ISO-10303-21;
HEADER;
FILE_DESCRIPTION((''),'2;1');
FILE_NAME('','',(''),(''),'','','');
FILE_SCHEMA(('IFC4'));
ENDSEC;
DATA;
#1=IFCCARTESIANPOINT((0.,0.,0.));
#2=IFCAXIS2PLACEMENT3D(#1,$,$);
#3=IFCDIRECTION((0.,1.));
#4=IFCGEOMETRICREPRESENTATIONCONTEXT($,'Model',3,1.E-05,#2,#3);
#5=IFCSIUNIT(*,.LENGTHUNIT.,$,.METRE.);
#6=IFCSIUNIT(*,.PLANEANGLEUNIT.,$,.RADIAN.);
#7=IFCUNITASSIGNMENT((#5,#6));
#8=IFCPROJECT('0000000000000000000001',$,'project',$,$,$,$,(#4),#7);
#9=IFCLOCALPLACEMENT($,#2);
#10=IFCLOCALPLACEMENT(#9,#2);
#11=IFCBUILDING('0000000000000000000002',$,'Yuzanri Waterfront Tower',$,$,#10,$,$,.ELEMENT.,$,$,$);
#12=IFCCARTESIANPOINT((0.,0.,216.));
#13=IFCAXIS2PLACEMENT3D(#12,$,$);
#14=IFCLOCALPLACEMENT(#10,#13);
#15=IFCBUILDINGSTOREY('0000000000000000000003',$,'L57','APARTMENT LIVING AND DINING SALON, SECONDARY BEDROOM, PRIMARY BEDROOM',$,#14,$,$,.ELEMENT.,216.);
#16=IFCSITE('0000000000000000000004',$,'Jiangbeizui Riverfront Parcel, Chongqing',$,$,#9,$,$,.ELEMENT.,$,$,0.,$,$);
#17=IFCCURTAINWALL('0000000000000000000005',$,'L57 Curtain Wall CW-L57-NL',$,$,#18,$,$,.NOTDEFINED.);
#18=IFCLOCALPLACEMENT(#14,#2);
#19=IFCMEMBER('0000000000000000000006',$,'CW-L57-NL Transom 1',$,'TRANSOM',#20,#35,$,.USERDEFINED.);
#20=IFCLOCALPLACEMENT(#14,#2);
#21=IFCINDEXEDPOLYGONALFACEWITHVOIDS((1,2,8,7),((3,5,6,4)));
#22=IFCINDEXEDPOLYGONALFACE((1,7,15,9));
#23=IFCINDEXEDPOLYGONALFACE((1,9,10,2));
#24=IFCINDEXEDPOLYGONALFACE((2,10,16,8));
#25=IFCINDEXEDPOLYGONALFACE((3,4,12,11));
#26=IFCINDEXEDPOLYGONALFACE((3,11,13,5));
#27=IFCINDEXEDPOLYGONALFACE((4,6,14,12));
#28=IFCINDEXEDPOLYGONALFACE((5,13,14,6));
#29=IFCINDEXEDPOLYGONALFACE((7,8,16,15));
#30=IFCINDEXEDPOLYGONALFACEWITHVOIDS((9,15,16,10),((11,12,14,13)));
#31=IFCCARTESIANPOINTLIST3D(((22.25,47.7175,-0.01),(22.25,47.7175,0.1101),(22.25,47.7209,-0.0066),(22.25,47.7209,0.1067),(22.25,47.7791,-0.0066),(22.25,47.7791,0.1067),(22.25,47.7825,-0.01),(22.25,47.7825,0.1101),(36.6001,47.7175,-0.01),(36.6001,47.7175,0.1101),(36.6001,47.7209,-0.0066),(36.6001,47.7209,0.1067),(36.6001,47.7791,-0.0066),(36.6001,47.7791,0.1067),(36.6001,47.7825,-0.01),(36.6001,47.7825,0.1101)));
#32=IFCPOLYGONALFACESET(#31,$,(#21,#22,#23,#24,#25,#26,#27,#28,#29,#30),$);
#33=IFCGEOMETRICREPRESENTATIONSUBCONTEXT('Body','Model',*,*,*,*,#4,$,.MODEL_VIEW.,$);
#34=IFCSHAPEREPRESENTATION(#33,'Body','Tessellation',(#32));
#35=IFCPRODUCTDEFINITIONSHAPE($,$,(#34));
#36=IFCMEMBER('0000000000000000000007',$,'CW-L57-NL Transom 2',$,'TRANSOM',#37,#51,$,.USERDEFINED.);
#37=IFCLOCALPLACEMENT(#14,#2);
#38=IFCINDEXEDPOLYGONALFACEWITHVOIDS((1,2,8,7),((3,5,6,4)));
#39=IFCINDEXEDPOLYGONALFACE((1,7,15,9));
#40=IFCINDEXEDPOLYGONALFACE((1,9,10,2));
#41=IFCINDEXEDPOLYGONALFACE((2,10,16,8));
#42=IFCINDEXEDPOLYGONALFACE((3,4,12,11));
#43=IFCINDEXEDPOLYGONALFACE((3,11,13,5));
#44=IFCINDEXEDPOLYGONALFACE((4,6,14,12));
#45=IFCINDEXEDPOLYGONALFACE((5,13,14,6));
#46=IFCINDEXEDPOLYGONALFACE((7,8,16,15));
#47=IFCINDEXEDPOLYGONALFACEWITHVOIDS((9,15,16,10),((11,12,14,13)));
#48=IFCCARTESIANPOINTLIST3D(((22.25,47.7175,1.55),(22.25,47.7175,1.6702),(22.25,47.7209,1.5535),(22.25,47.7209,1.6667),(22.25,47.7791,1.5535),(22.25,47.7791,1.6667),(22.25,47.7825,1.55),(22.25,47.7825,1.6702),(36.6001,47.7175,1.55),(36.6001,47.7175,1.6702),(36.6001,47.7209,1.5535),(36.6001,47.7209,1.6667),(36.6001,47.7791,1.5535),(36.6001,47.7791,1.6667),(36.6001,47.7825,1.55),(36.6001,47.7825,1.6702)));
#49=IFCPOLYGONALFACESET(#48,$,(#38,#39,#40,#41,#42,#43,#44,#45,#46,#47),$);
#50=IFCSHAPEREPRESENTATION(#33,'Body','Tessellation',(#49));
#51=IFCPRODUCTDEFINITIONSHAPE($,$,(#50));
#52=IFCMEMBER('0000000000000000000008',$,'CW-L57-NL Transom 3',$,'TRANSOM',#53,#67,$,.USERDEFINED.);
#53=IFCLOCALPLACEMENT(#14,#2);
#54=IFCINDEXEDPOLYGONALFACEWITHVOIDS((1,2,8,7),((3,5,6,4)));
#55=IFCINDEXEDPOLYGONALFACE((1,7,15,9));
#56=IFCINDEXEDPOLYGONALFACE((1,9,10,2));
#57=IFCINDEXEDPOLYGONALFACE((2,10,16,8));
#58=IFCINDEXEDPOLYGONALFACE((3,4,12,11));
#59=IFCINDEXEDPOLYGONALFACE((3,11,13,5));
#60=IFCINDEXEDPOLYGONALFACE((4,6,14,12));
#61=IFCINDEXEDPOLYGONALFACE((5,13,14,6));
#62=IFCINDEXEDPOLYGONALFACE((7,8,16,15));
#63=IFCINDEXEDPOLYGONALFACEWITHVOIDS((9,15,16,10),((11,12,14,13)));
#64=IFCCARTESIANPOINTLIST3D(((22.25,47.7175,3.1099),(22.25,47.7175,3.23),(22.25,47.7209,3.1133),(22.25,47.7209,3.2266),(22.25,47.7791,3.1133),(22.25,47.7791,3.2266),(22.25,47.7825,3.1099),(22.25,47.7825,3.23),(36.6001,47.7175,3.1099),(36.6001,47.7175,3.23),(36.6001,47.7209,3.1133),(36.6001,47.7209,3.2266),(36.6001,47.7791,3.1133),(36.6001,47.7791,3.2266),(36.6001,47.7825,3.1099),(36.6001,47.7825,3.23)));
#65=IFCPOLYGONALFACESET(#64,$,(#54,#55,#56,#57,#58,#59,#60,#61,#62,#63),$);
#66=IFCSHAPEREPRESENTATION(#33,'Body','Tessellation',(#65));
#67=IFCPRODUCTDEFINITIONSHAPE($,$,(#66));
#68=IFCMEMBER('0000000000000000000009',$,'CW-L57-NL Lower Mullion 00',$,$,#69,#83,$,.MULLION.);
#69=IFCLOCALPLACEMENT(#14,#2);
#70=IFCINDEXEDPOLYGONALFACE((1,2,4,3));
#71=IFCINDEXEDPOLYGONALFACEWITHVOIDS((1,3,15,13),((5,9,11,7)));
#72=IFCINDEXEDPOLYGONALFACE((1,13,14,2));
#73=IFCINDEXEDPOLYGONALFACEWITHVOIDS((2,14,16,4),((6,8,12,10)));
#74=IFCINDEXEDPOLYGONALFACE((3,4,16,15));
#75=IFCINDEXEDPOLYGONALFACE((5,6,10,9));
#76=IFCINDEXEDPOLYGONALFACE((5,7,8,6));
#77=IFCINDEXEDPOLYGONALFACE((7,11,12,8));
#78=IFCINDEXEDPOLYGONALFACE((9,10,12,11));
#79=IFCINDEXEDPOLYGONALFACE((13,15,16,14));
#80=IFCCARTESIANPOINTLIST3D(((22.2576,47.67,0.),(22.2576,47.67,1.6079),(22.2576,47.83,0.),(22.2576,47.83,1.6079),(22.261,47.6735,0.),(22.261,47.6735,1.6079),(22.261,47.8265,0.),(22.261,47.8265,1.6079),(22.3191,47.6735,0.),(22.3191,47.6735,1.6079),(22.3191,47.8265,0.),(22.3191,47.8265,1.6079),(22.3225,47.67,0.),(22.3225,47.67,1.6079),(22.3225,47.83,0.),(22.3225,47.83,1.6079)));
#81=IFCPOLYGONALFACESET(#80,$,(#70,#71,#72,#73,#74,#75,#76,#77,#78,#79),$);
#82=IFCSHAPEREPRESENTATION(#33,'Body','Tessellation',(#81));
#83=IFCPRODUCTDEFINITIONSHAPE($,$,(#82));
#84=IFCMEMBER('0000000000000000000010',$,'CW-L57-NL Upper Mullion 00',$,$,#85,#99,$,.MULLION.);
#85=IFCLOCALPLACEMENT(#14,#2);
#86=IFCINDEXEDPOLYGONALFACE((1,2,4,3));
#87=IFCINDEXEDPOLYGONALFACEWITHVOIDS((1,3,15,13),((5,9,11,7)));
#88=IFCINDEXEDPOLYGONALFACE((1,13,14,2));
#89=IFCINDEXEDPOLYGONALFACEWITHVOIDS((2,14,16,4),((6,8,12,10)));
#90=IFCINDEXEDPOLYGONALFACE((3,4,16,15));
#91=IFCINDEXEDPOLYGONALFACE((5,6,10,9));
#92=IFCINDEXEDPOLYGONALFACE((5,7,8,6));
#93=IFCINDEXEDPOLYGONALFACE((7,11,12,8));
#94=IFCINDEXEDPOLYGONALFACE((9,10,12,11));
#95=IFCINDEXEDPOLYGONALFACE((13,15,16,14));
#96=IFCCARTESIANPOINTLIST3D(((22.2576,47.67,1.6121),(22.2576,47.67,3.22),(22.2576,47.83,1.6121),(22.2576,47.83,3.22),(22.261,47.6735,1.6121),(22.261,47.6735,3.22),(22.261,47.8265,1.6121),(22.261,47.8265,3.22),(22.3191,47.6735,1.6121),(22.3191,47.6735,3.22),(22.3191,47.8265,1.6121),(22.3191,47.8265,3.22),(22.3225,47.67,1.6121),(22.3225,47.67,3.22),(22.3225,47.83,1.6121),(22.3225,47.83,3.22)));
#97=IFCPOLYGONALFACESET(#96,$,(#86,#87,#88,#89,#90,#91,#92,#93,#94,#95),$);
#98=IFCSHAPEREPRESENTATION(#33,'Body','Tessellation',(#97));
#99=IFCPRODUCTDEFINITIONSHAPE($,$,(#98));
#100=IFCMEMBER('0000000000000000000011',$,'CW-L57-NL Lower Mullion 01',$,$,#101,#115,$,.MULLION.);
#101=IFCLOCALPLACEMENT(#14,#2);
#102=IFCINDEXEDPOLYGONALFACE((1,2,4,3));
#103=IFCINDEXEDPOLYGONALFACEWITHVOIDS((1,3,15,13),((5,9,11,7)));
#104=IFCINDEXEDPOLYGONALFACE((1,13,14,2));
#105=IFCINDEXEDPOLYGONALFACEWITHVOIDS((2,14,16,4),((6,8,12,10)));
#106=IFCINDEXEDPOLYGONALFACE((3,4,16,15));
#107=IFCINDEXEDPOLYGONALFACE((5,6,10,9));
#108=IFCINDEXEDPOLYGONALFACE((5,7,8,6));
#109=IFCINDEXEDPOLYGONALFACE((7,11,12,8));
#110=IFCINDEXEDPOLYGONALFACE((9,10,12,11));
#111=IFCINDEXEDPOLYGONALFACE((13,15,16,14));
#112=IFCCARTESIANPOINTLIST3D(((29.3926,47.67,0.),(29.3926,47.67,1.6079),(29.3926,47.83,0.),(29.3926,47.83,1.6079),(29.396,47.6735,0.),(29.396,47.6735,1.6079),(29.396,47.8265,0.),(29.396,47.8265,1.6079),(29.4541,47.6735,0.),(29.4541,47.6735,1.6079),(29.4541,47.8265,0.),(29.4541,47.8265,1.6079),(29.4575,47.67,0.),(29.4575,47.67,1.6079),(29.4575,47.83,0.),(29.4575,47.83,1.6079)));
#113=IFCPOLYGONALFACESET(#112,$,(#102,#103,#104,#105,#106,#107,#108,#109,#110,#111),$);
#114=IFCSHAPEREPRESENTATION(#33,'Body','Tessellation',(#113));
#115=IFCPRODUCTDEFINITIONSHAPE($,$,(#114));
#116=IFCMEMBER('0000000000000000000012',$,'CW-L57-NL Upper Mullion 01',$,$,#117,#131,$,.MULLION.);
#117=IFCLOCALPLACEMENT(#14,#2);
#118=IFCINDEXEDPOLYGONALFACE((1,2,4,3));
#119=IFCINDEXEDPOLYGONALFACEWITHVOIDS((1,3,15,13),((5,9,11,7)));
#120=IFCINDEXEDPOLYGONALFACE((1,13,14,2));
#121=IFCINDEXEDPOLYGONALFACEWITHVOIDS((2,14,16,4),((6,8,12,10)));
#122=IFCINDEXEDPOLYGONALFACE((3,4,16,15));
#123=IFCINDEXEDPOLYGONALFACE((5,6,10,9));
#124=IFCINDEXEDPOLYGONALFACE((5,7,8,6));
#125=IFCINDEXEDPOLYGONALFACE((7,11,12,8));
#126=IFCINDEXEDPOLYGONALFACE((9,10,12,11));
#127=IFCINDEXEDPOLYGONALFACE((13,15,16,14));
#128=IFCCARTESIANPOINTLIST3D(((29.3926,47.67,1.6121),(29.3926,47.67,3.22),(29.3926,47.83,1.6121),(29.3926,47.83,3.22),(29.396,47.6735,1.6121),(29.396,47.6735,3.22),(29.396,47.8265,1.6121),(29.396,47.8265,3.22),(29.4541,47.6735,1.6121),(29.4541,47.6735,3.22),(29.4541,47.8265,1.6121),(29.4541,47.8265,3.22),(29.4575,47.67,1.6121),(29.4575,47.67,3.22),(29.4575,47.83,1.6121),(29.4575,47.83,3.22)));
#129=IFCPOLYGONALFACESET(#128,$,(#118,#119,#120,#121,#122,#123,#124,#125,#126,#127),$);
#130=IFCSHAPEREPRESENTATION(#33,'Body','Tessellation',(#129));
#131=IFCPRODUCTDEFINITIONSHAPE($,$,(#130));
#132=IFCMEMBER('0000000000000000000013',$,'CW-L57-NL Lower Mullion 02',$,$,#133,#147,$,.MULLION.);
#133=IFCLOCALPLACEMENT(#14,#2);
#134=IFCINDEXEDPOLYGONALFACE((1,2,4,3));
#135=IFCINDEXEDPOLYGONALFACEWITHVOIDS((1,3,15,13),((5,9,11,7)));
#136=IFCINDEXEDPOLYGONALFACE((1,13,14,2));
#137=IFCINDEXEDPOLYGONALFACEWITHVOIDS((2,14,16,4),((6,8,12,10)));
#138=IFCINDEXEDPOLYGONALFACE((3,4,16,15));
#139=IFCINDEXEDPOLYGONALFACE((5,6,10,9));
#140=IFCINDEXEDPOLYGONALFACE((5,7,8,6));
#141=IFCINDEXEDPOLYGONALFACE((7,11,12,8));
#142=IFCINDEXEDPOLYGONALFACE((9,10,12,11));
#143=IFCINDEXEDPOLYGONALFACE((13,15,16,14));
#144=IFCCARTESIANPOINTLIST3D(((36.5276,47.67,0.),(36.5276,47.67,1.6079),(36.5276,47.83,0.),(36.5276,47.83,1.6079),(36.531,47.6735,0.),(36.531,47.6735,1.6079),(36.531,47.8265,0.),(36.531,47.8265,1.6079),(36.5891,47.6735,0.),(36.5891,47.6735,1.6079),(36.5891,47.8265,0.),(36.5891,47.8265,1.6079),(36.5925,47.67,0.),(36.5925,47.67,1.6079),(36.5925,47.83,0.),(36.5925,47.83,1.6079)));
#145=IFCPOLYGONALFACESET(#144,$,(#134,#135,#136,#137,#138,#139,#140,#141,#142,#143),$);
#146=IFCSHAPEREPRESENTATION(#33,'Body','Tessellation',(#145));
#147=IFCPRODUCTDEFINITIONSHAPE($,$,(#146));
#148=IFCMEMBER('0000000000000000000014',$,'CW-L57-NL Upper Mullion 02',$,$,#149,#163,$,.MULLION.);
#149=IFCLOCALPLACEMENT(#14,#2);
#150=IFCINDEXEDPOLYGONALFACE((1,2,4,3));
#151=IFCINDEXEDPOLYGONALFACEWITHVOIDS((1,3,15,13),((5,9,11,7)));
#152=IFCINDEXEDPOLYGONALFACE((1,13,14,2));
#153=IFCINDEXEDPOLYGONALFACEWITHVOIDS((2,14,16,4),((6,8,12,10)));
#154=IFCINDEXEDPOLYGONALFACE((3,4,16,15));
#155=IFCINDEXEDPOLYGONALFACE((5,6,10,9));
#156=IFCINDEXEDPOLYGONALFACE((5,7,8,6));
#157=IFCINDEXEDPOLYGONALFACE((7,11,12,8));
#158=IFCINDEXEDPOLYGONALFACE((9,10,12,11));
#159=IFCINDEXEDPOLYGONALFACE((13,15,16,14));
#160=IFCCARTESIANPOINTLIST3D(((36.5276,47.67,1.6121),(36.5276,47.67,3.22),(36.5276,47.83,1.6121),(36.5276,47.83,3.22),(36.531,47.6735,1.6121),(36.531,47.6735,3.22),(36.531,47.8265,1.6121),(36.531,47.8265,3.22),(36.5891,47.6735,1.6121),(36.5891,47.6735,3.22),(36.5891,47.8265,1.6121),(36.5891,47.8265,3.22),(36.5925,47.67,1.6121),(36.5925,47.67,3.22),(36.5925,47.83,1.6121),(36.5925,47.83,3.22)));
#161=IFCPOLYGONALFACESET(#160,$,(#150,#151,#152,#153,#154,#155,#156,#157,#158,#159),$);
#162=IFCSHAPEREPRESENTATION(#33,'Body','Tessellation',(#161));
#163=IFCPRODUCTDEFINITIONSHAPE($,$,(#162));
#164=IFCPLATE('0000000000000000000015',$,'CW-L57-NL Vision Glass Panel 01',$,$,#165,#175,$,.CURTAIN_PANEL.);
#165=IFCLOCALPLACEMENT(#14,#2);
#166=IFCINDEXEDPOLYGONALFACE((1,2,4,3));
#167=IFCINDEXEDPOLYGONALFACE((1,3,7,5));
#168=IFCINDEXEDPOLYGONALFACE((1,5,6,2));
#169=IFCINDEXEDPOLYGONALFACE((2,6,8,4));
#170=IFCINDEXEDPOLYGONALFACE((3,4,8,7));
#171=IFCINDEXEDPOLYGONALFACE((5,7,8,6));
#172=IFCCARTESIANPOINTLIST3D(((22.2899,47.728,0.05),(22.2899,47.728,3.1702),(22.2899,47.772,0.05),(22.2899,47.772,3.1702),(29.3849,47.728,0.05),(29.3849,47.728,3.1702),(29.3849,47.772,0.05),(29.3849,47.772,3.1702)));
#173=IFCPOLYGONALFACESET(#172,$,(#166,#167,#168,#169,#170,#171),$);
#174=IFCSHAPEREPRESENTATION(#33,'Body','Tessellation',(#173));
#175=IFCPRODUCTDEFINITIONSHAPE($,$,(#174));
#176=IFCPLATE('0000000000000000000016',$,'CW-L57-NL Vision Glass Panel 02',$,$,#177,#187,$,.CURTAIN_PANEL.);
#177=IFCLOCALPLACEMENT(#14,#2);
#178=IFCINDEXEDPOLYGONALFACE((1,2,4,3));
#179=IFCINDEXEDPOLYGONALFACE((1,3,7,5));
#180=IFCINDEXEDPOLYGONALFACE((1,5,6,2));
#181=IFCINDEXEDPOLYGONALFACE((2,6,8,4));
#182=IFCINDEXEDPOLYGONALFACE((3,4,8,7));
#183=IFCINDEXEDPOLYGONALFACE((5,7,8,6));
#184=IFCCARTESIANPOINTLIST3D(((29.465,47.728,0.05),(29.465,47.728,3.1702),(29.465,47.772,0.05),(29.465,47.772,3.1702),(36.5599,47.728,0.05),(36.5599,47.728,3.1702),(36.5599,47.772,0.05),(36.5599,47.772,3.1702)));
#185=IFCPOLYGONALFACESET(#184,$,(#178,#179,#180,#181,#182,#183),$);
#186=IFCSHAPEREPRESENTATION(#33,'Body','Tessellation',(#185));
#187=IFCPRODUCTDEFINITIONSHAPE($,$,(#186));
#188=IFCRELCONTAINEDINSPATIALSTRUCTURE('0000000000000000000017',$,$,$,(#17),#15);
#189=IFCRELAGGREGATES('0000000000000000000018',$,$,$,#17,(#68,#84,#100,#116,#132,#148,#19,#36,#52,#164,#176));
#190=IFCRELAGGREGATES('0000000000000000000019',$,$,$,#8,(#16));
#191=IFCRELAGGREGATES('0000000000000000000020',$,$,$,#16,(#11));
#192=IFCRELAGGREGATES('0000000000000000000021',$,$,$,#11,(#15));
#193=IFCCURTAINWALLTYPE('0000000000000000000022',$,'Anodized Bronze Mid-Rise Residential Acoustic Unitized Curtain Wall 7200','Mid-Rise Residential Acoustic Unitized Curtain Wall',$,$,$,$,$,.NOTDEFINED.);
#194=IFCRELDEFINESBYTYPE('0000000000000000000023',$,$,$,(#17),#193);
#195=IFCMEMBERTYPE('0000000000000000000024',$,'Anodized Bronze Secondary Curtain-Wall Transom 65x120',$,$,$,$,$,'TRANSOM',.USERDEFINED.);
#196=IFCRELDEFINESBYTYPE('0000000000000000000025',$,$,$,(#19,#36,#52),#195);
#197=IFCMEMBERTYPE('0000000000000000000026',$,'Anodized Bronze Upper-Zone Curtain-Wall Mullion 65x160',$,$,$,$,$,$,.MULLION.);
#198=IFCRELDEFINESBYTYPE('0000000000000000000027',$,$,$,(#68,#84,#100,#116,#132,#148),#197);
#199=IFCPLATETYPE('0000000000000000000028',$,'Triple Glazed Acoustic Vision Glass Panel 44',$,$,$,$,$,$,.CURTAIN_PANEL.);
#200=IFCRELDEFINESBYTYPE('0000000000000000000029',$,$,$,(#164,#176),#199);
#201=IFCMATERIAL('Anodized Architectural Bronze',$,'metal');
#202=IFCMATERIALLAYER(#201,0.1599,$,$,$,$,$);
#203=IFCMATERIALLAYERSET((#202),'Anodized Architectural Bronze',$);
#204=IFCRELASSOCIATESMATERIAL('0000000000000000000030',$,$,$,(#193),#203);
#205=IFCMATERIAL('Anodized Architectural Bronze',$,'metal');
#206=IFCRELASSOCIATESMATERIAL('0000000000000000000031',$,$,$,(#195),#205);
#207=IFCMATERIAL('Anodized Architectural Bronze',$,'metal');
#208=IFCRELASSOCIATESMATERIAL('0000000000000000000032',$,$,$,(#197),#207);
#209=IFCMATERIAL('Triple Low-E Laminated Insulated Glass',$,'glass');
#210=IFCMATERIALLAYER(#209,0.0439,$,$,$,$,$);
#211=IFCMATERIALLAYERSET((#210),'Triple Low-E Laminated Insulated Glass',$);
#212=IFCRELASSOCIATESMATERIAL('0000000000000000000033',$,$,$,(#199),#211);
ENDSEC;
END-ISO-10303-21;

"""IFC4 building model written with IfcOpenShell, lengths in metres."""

from ifc_helpers import new_model, si_unit, direction, frame, origin, origin_2d, place, context, subcontext, project, spatial, rectangle, hollow_rectangle, extrude, source, transform, mapped, material, layer, layer_set, material_profile, profile_set, type_object, element, aggregate, save


model = new_model("IFC4")

# Units and contexts
model_context = context("Model", 3, precision=1e-05, world=origin(), true_north=direction((0.0, 1.0)))
body_context = subcontext(model_context, "Body", "Model", "MODEL_VIEW")
ifc_project = project(units=[si_unit("LENGTHUNIT", "METRE"), si_unit("PLANEANGLEUNIT", "RADIAN")], contexts=[model_context])

# Site, building, storey
site_placement = place(None, origin())
site = spatial("IfcSite", under=ifc_project, at=site_placement, Name="Jiangbeizui Riverfront Parcel, Chongqing", CompositionType="ELEMENT", RefElevation=0.0)
building_placement = place(site_placement, origin())
building = spatial("IfcBuilding", under=site, at=building_placement, Name="Yuzanri Waterfront Tower", CompositionType="ELEMENT")
storey_placement = place(building_placement, frame((0.0, 0.0, 216.0)))
storey = spatial("IfcBuildingStorey", under=building, at=storey_placement, Name="L57", Description="APARTMENT LIVING AND DINING SALON, SECONDARY BEDROOM, PRIMARY BEDROOM", CompositionType="ELEMENT", Elevation=216.0)

# Curtain wall, members, plates
ifc_material_1 = material(Name="Anodized Architectural Bronze", Category="metal")
ifc_layer_1 = layer(ifc_material_1, 0.1599)
ifc_layer_set_1 = layer_set([ifc_layer_1], Name="Anodized Architectural Bronze")
curtain_wall_type = type_object("IfcCurtainWallType", Name="Anodized Bronze Mid-Rise Residential Acoustic Unitized Curtain Wall 7200", Description="Mid-Rise Residential Acoustic Unitized Curtain Wall", PredefinedType="NOTDEFINED", material=ifc_layer_set_1)
curtain_wall_placement = place(storey_placement, origin())
curtain_wall = element("IfcCurtainWall", 1, at=curtain_wall_placement, inside=storey, type_object=curtain_wall_type, Name="L57 Curtain Wall CW-L57-NL", PredefinedType="NOTDEFINED")
ifc_material_2 = material(Name="Anodized Architectural Bronze", Category="metal")
ifc_material_profile_1 = material_profile(ifc_material_2, hollow_rectangle(XDim=0.0649, YDim=0.1201, WallThickness=0.0034, at=origin_2d()), Name="CWT 65x120")
ifc_profile_set_1 = profile_set([ifc_material_profile_1], Name="Anodized Architectural Bronze")
member_type_1 = type_object("IfcMemberType", Name="Anodized Bronze Secondary Curtain-Wall Transom 65x120", ElementType="TRANSOM", PredefinedType="USERDEFINED", material=ifc_profile_set_1)
shared_shape_1 = source(origin(), body_context, "Body", "SweptSolid", [
    extrude(hollow_rectangle(XDim=0.0649, YDim=0.1201, WallThickness=0.0034, at=origin_2d()), origin(), (0.0, 0.0, 1.0), 14.3501),
])
member_1_placement = place(storey_placement, frame((22.25, 47.75, 0.05), z_axis=(1.0, 0.0, 0.0), x_axis=(0.0, 1.0, 0.0)))
member_1 = element("IfcMember", 2, at=member_1_placement, type_object=member_type_1, Name="CW-L57-NL Transom 1", ObjectType="TRANSOM", PredefinedType="USERDEFINED", context=body_context, shape_type="MappedRepresentation", body=[
    mapped(shared_shape_1, transform((0.0, 0.0, 0.0), scale=1.0)),
])
member_2_placement = place(storey_placement, frame((22.25, 47.75, 1.6101), z_axis=(1.0, 0.0, 0.0), x_axis=(0.0, 1.0, 0.0)))
member_2 = element("IfcMember", 3, at=member_2_placement, type_object=member_type_1, Name="CW-L57-NL Transom 2", ObjectType="TRANSOM", PredefinedType="USERDEFINED", context=body_context, shape_type="MappedRepresentation", body=[
    mapped(shared_shape_1, transform((0.0, 0.0, 0.0), scale=1.0)),
])
member_3_placement = place(storey_placement, frame((22.25, 47.75, 3.1699), z_axis=(1.0, 0.0, 0.0), x_axis=(0.0, 1.0, 0.0)))
member_3 = element("IfcMember", 4, at=member_3_placement, type_object=member_type_1, Name="CW-L57-NL Transom 3", ObjectType="TRANSOM", PredefinedType="USERDEFINED", context=body_context, shape_type="MappedRepresentation", body=[
    mapped(shared_shape_1, transform((0.0, 0.0, 0.0), scale=1.0)),
])
ifc_material_3 = material(Name="Anodized Architectural Bronze", Category="metal")
ifc_material_profile_2 = material_profile(ifc_material_3, hollow_rectangle(XDim=0.0649, YDim=0.1599, WallThickness=0.0034, at=origin_2d()), Name="CWM 65x160")
ifc_profile_set_2 = profile_set([ifc_material_profile_2], Name="Anodized Architectural Bronze")
member_type_2 = type_object("IfcMemberType", Name="Anodized Bronze Upper-Zone Curtain-Wall Mullion 65x160", PredefinedType="MULLION", material=ifc_profile_set_2)
shared_shape_2 = source(origin(), body_context, "Body", "SweptSolid", [
    extrude(hollow_rectangle(XDim=0.0649, YDim=0.1599, WallThickness=0.0034, at=origin_2d()), origin(), (0.0, 0.0, 1.0), 1.6079),
])
member_4_placement = place(storey_placement, frame((22.29, 47.75, 0.0), z_axis=(0.0, 0.0, 1.0), x_axis=(1.0, 0.0, 0.0)))
member_4 = element("IfcMember", 5, at=member_4_placement, type_object=member_type_2, Name="CW-L57-NL Lower Mullion 00", PredefinedType="MULLION", context=body_context, shape_type="MappedRepresentation", body=[
    mapped(shared_shape_2, transform((0.0, 0.0, 0.0), scale=1.0)),
])
member_5_placement = place(storey_placement, frame((22.29, 47.75, 1.6121), z_axis=(0.0, 0.0, 1.0), x_axis=(1.0, 0.0, 0.0)))
member_5 = element("IfcMember", 6, at=member_5_placement, type_object=member_type_2, Name="CW-L57-NL Upper Mullion 00", PredefinedType="MULLION", context=body_context, shape_type="MappedRepresentation", body=[
    mapped(shared_shape_2, transform((0.0, 0.0, 0.0), scale=1.0)),
])
member_6_placement = place(storey_placement, frame((29.425, 47.75, 0.0), z_axis=(0.0, 0.0, 1.0), x_axis=(1.0, 0.0, 0.0)))
member_6 = element("IfcMember", 7, at=member_6_placement, type_object=member_type_2, Name="CW-L57-NL Lower Mullion 01", PredefinedType="MULLION", context=body_context, shape_type="MappedRepresentation", body=[
    mapped(shared_shape_2, transform((0.0, 0.0, 0.0), scale=1.0)),
])
member_7_placement = place(storey_placement, frame((29.425, 47.75, 1.6121), z_axis=(0.0, 0.0, 1.0), x_axis=(1.0, 0.0, 0.0)))
member_7 = element("IfcMember", 8, at=member_7_placement, type_object=member_type_2, Name="CW-L57-NL Upper Mullion 01", PredefinedType="MULLION", context=body_context, shape_type="MappedRepresentation", body=[
    mapped(shared_shape_2, transform((0.0, 0.0, 0.0), scale=1.0)),
])
member_8_placement = place(storey_placement, frame((36.5601, 47.75, 0.0), z_axis=(0.0, 0.0, 1.0), x_axis=(1.0, 0.0, 0.0)))
member_8 = element("IfcMember", 9, at=member_8_placement, type_object=member_type_2, Name="CW-L57-NL Lower Mullion 02", PredefinedType="MULLION", context=body_context, shape_type="MappedRepresentation", body=[
    mapped(shared_shape_2, transform((0.0, 0.0, 0.0), scale=1.0)),
])
member_9_placement = place(storey_placement, frame((36.5601, 47.75, 1.6121), z_axis=(0.0, 0.0, 1.0), x_axis=(1.0, 0.0, 0.0)))
member_9 = element("IfcMember", 10, at=member_9_placement, type_object=member_type_2, Name="CW-L57-NL Upper Mullion 02", PredefinedType="MULLION", context=body_context, shape_type="MappedRepresentation", body=[
    mapped(shared_shape_2, transform((0.0, 0.0, 0.0), scale=1.0)),
])
ifc_material_4 = material(Name="Triple Low-E Laminated Insulated Glass", Category="glass")
ifc_layer_2 = layer(ifc_material_4, 0.0439)
ifc_layer_set_2 = layer_set([ifc_layer_2], Name="Triple Low-E Laminated Insulated Glass")
plate_type = type_object("IfcPlateType", Name="Triple Glazed Acoustic Vision Glass Panel 44", PredefinedType="CURTAIN_PANEL", material=ifc_layer_set_2)
shared_shape_3 = source(origin(), body_context, "Body", "SweptSolid", [
    extrude(rectangle(XDim=7.095, YDim=0.0439, at=origin_2d()), origin(), (0.0, 0.0, 1.0), 3.1201),
])
plate_1_placement = place(storey_placement, frame((25.8374, 47.75, 0.05), z_axis=(0.0, 0.0, 1.0), x_axis=(1.0, 0.0, 0.0)))
plate_1 = element("IfcPlate", 11, at=plate_1_placement, type_object=plate_type, Name="CW-L57-NL Vision Glass Panel 01", PredefinedType="CURTAIN_PANEL", context=body_context, shape_type="MappedRepresentation", body=[
    mapped(shared_shape_3, transform((0.0, 0.0, 0.0), scale=1.0)),
])
plate_2_placement = place(storey_placement, frame((33.0125, 47.75, 0.05), z_axis=(0.0, 0.0, 1.0), x_axis=(1.0, 0.0, 0.0)))
plate_2 = element("IfcPlate", 12, at=plate_2_placement, type_object=plate_type, Name="CW-L57-NL Vision Glass Panel 02", PredefinedType="CURTAIN_PANEL", context=body_context, shape_type="MappedRepresentation", body=[
    mapped(shared_shape_3, transform((0.0, 0.0, 0.0), scale=1.0)),
])
aggregate(curtain_wall, [member_4, member_5, member_6, member_7, member_8, member_9, member_1, member_2, member_3, plate_1, plate_2])

save(model, "model.ifc")
